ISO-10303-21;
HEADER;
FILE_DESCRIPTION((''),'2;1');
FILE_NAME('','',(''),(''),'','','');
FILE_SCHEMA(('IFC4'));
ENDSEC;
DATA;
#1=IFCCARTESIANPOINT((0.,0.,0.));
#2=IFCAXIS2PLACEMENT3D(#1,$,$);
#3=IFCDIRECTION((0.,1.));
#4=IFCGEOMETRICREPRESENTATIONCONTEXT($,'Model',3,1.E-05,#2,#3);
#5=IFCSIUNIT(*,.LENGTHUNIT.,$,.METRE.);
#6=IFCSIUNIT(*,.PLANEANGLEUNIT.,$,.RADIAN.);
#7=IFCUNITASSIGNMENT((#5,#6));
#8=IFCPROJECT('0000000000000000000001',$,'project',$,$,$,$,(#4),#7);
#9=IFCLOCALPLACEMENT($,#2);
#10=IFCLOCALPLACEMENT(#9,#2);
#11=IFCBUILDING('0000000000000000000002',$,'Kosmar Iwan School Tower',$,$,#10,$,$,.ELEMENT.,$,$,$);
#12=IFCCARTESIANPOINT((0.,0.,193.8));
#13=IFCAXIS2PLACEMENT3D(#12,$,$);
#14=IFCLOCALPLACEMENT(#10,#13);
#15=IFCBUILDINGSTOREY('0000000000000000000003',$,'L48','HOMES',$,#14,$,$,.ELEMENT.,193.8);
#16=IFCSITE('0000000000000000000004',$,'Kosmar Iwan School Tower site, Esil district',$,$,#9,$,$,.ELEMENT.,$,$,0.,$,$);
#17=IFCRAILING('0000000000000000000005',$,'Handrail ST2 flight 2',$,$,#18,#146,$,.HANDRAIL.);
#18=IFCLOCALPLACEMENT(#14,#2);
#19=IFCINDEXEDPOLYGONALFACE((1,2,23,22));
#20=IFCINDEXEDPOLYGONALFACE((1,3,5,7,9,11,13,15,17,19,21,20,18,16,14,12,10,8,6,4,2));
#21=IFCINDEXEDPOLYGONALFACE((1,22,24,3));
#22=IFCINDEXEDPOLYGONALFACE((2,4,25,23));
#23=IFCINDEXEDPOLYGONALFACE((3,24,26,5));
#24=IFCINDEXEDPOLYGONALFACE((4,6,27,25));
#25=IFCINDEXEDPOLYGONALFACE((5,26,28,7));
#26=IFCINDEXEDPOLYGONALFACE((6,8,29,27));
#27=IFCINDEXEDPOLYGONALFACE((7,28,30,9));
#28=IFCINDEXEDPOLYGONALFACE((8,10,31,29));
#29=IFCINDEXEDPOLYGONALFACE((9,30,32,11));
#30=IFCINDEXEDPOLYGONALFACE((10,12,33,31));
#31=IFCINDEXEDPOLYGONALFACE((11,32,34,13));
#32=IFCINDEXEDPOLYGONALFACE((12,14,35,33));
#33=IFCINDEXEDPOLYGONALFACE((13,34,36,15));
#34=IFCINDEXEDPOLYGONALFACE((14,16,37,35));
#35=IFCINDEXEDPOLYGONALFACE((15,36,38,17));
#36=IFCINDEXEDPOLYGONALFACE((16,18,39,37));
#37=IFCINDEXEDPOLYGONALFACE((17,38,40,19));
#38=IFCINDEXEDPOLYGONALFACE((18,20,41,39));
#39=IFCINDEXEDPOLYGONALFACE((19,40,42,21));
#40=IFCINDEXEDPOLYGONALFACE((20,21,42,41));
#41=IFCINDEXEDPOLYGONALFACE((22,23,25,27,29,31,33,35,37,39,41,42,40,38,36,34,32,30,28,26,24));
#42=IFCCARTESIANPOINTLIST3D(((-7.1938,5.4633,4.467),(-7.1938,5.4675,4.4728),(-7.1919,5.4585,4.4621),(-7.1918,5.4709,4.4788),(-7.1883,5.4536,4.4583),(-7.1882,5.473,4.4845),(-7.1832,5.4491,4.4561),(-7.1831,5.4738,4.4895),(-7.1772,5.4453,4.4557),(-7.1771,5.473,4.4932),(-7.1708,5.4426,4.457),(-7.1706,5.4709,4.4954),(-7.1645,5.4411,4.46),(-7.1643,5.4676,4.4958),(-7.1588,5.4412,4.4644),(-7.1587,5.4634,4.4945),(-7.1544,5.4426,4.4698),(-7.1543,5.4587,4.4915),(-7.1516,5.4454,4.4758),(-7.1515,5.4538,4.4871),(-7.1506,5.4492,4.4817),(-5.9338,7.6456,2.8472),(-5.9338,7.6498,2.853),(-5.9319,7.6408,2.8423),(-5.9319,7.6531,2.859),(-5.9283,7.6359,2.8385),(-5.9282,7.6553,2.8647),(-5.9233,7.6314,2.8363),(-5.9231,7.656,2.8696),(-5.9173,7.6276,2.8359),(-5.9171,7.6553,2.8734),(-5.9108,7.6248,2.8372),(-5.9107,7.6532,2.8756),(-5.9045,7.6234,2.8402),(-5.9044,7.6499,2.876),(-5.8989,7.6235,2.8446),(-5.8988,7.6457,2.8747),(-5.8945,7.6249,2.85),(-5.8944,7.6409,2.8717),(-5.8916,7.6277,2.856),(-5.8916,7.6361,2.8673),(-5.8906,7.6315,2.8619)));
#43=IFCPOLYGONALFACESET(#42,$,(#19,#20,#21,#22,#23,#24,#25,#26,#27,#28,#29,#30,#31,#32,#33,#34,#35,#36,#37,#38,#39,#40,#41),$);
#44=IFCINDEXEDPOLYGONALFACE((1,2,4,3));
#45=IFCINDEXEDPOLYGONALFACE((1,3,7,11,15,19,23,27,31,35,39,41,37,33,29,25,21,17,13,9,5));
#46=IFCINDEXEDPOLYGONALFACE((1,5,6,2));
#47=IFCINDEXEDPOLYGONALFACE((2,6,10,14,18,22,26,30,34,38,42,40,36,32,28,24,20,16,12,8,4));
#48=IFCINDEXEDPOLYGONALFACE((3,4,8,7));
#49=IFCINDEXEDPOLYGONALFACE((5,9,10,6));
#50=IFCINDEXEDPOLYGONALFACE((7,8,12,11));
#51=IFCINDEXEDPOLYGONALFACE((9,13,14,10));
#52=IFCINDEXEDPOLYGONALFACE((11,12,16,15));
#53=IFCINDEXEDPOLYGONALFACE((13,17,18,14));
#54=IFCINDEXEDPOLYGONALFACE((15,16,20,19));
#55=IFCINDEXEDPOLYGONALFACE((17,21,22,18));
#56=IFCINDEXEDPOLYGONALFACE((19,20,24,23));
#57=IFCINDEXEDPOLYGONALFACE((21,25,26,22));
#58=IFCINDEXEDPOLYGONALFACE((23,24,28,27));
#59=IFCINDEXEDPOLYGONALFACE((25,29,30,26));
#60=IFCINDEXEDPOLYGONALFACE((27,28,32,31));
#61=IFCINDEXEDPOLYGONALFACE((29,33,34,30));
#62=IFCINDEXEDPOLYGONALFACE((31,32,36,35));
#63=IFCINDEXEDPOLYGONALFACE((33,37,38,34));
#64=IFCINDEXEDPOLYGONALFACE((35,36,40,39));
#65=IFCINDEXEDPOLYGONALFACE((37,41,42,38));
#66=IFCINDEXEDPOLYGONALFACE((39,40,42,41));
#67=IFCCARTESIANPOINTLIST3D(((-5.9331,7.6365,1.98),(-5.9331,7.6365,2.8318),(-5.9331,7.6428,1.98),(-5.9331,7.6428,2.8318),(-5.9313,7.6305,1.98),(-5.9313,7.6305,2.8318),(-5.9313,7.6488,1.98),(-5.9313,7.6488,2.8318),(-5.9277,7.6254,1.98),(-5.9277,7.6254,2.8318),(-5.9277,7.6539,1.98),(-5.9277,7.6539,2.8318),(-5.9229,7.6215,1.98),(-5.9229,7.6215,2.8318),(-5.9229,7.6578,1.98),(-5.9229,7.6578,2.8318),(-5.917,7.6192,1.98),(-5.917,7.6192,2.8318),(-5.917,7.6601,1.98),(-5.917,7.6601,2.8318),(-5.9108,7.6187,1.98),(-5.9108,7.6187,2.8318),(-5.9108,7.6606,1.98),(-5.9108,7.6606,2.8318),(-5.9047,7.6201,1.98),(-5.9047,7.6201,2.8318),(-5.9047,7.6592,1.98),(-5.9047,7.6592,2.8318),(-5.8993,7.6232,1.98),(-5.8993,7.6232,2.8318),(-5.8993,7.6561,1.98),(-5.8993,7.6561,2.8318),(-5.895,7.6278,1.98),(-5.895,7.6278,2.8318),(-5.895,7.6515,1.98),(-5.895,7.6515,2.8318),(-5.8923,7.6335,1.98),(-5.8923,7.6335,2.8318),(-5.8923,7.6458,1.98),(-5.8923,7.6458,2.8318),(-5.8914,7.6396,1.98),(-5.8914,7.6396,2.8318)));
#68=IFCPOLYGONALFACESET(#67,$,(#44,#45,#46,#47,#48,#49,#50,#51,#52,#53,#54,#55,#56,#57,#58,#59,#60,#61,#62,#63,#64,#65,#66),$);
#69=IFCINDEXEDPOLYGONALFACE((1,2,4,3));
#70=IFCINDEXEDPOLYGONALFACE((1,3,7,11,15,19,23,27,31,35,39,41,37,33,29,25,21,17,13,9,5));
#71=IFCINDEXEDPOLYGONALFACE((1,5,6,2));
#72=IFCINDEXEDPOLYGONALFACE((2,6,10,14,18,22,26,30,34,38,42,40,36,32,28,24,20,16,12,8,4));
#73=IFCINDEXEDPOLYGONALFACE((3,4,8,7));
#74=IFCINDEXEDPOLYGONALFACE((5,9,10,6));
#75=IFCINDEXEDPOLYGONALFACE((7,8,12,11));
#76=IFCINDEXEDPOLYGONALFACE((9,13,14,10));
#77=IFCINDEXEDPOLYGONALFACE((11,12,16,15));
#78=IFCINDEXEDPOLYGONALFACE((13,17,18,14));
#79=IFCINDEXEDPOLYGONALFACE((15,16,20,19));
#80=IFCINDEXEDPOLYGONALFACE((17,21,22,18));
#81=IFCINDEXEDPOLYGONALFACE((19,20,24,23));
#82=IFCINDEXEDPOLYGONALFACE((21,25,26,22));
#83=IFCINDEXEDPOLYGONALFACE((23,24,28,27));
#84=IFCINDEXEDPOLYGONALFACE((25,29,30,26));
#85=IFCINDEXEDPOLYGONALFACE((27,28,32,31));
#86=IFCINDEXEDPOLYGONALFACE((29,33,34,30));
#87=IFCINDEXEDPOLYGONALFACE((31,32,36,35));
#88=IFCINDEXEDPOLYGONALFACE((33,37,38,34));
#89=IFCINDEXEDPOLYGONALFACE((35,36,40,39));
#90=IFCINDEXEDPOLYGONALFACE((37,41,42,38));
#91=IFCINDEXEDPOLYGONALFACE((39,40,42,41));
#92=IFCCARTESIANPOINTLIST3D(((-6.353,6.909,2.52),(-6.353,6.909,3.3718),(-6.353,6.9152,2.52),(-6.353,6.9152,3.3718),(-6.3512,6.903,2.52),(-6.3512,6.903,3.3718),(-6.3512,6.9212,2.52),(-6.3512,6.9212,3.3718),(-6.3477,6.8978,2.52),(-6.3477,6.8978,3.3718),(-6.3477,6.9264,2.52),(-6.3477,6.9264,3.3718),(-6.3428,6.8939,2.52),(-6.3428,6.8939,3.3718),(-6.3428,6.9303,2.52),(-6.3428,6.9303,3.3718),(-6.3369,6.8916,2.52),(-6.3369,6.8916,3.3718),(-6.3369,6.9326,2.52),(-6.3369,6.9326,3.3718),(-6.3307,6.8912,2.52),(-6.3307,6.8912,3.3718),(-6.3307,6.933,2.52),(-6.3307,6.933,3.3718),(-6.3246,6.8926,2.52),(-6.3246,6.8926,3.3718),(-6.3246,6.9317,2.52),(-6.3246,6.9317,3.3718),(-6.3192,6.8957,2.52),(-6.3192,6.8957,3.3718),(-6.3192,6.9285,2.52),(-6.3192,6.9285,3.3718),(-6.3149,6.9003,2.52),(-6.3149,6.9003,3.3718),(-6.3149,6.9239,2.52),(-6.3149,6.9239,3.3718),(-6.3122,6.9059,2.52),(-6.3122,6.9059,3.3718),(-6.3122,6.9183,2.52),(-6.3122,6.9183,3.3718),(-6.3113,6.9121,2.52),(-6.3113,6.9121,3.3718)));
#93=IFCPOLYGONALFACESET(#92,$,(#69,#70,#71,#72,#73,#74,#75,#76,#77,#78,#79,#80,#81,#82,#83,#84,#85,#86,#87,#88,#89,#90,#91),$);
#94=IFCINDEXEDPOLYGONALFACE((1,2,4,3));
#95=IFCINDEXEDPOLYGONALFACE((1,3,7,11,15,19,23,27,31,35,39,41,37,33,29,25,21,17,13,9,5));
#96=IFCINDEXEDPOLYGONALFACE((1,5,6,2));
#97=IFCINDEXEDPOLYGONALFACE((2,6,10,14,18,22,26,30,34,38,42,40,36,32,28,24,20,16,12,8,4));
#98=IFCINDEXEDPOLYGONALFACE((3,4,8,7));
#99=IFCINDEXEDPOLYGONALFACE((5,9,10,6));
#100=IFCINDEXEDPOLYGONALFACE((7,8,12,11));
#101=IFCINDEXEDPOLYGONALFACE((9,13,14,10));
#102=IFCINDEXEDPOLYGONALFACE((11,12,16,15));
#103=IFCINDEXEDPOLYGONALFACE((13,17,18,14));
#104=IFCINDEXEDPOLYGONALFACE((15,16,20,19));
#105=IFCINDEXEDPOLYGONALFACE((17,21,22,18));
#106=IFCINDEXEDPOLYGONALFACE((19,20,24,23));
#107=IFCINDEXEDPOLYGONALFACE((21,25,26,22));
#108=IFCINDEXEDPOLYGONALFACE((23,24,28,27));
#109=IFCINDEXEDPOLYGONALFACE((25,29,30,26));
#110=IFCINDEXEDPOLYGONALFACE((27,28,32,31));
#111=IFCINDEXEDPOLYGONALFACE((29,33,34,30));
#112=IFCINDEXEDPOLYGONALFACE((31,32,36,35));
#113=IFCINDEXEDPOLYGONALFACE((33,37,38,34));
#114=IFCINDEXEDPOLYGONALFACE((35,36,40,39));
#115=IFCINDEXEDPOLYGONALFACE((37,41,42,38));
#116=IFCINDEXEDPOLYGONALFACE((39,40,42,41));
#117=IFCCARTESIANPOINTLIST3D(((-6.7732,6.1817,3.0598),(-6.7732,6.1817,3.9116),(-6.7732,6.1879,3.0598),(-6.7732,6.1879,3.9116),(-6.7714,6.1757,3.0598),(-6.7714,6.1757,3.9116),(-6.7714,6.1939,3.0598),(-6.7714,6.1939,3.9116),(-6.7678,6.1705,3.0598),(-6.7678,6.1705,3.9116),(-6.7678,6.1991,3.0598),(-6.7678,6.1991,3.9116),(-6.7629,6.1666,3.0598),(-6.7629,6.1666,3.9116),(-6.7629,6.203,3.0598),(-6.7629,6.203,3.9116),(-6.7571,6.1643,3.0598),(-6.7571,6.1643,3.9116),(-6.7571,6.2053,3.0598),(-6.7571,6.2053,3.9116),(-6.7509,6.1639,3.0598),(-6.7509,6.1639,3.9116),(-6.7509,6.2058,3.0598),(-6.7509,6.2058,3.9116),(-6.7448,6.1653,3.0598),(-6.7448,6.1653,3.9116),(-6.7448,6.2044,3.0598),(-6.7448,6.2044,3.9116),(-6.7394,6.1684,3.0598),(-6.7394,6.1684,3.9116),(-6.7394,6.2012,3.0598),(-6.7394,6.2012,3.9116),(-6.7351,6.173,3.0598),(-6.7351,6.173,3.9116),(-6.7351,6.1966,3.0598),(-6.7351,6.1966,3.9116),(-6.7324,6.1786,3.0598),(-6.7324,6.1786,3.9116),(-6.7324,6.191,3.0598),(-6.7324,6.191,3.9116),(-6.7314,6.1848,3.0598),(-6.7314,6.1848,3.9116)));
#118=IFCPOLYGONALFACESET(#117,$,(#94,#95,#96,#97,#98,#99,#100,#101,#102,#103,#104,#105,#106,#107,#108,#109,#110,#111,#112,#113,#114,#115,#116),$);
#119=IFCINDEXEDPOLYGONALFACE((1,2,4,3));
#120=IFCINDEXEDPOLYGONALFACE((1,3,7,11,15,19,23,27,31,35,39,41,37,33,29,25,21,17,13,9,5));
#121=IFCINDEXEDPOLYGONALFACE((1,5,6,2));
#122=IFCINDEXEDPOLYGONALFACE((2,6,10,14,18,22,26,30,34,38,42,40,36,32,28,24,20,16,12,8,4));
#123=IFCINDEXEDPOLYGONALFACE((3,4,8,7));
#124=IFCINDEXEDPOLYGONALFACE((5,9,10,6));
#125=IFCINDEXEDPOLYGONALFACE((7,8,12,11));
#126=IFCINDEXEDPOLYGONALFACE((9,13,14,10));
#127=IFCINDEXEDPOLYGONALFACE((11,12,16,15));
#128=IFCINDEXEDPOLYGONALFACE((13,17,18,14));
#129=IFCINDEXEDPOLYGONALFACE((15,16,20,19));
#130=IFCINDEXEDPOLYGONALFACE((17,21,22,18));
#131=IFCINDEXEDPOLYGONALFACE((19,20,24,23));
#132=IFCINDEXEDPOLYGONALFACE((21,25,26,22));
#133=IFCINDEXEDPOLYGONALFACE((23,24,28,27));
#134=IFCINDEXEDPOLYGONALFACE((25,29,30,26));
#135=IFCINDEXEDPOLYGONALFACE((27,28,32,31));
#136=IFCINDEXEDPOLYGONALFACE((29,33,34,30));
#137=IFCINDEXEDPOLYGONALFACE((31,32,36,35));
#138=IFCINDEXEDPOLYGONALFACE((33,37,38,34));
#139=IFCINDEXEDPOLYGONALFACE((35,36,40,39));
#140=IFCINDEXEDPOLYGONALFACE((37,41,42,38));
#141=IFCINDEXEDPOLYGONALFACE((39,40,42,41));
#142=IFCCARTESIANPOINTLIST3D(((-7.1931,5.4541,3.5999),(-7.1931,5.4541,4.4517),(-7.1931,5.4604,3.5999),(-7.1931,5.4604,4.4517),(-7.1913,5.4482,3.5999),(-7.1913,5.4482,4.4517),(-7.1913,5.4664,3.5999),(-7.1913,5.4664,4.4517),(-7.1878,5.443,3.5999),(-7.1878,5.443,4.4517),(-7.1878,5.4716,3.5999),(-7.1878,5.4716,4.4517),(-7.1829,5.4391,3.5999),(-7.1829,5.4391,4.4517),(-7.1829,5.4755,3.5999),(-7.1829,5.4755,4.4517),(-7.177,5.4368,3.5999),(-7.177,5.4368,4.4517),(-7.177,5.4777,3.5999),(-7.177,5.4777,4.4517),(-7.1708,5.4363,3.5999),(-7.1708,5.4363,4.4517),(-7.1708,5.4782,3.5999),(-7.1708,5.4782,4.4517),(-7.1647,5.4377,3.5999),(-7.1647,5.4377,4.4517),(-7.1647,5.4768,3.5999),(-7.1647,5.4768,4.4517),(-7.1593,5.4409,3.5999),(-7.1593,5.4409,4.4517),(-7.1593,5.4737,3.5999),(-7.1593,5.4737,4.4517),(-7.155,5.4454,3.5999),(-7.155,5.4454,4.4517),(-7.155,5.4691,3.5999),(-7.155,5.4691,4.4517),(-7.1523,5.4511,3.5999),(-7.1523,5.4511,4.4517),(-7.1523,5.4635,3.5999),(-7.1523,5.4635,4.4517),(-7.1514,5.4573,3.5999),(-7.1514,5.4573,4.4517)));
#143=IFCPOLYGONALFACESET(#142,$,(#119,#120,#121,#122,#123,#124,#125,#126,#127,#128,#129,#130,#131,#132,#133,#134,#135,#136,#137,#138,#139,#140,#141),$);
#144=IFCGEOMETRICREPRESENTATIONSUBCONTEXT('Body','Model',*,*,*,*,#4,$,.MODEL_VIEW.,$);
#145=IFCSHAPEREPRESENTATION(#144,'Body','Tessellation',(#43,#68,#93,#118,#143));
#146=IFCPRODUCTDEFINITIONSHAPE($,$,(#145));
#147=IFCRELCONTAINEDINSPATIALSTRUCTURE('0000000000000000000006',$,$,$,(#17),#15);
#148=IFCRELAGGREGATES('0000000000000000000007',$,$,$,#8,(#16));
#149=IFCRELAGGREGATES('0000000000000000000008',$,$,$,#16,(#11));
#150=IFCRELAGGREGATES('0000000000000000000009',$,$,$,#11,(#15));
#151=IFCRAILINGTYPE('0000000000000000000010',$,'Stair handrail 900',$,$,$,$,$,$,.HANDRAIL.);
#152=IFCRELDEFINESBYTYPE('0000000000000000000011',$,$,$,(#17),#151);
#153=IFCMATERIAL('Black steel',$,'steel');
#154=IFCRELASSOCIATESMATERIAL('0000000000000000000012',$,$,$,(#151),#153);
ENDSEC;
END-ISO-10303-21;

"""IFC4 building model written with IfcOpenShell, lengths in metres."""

from ifc_helpers import new_model, si_unit, direction, frame, origin, origin_2d, place, context, subcontext, project, spatial, circle, extrude, material, type_object, element, save


model = new_model("IFC4")

# Units and contexts
model_context = context("Model", 3, precision=1e-05, world=origin(), true_north=direction((0.0, 1.0)))
body_context = subcontext(model_context, "Body", "Model", "MODEL_VIEW")
ifc_project = project(units=[si_unit("LENGTHUNIT", "METRE"), si_unit("PLANEANGLEUNIT", "RADIAN")], contexts=[model_context])

# Site, building, storey
site_placement = place(None, origin())
site = spatial("IfcSite", under=ifc_project, at=site_placement, Name="Kosmar Iwan School Tower site, Esil district", CompositionType="ELEMENT", RefElevation=0.0)
building_placement = place(site_placement, origin())
building = spatial("IfcBuilding", under=site, at=building_placement, Name="Kosmar Iwan School Tower", CompositionType="ELEMENT")
storey_placement = place(building_placement, frame((0.0, 0.0, 193.8)))
storey = spatial("IfcBuildingStorey", under=building, at=storey_placement, Name="L48", Description="HOMES", CompositionType="ELEMENT", Elevation=193.8)

# Railing
ifc_material_1 = material(Name="Black steel", Category="steel")
railing_type = type_object("IfcRailingType", Name="Stair handrail 900", PredefinedType="HANDRAIL", material=ifc_material_1)
railing_placement = place(storey_placement, frame((-5.9124, 7.6396, 1.98)))
element("IfcRailing", 1, at=railing_placement, inside=storey, type_object=railing_type, Name="Handrail ST2 flight 2", PredefinedType="HANDRAIL", context=body_context, shape_type="SweptSolid", body=[
    extrude(circle(Radius=0.0239, at=origin_2d()), frame((0.0, 0.0, 0.876), z_axis=(-0.420603, -0.728496, 0.540728), x_axis=(0.866023, -0.500005, 0.0)), (0.0, 0.0, 1.0), 2.9956),
    extrude(circle(Radius=0.021, at=origin_2d()), origin(), (0.0, 0.0, 1.0), 0.8518),
    extrude(circle(Radius=0.021, at=origin_2d()), frame((-0.4199, -0.7275, 0.54)), (0.0, 0.0, 1.0), 0.8518),
    extrude(circle(Radius=0.021, at=origin_2d()), frame((-0.8401, -1.4548, 1.0798)), (0.0, 0.0, 1.0), 0.8518),
    extrude(circle(Radius=0.021, at=origin_2d()), frame((-1.26, -2.1824, 1.6199)), (0.0, 0.0, 1.0), 0.8518),
])

save(model, "model.ifc")
